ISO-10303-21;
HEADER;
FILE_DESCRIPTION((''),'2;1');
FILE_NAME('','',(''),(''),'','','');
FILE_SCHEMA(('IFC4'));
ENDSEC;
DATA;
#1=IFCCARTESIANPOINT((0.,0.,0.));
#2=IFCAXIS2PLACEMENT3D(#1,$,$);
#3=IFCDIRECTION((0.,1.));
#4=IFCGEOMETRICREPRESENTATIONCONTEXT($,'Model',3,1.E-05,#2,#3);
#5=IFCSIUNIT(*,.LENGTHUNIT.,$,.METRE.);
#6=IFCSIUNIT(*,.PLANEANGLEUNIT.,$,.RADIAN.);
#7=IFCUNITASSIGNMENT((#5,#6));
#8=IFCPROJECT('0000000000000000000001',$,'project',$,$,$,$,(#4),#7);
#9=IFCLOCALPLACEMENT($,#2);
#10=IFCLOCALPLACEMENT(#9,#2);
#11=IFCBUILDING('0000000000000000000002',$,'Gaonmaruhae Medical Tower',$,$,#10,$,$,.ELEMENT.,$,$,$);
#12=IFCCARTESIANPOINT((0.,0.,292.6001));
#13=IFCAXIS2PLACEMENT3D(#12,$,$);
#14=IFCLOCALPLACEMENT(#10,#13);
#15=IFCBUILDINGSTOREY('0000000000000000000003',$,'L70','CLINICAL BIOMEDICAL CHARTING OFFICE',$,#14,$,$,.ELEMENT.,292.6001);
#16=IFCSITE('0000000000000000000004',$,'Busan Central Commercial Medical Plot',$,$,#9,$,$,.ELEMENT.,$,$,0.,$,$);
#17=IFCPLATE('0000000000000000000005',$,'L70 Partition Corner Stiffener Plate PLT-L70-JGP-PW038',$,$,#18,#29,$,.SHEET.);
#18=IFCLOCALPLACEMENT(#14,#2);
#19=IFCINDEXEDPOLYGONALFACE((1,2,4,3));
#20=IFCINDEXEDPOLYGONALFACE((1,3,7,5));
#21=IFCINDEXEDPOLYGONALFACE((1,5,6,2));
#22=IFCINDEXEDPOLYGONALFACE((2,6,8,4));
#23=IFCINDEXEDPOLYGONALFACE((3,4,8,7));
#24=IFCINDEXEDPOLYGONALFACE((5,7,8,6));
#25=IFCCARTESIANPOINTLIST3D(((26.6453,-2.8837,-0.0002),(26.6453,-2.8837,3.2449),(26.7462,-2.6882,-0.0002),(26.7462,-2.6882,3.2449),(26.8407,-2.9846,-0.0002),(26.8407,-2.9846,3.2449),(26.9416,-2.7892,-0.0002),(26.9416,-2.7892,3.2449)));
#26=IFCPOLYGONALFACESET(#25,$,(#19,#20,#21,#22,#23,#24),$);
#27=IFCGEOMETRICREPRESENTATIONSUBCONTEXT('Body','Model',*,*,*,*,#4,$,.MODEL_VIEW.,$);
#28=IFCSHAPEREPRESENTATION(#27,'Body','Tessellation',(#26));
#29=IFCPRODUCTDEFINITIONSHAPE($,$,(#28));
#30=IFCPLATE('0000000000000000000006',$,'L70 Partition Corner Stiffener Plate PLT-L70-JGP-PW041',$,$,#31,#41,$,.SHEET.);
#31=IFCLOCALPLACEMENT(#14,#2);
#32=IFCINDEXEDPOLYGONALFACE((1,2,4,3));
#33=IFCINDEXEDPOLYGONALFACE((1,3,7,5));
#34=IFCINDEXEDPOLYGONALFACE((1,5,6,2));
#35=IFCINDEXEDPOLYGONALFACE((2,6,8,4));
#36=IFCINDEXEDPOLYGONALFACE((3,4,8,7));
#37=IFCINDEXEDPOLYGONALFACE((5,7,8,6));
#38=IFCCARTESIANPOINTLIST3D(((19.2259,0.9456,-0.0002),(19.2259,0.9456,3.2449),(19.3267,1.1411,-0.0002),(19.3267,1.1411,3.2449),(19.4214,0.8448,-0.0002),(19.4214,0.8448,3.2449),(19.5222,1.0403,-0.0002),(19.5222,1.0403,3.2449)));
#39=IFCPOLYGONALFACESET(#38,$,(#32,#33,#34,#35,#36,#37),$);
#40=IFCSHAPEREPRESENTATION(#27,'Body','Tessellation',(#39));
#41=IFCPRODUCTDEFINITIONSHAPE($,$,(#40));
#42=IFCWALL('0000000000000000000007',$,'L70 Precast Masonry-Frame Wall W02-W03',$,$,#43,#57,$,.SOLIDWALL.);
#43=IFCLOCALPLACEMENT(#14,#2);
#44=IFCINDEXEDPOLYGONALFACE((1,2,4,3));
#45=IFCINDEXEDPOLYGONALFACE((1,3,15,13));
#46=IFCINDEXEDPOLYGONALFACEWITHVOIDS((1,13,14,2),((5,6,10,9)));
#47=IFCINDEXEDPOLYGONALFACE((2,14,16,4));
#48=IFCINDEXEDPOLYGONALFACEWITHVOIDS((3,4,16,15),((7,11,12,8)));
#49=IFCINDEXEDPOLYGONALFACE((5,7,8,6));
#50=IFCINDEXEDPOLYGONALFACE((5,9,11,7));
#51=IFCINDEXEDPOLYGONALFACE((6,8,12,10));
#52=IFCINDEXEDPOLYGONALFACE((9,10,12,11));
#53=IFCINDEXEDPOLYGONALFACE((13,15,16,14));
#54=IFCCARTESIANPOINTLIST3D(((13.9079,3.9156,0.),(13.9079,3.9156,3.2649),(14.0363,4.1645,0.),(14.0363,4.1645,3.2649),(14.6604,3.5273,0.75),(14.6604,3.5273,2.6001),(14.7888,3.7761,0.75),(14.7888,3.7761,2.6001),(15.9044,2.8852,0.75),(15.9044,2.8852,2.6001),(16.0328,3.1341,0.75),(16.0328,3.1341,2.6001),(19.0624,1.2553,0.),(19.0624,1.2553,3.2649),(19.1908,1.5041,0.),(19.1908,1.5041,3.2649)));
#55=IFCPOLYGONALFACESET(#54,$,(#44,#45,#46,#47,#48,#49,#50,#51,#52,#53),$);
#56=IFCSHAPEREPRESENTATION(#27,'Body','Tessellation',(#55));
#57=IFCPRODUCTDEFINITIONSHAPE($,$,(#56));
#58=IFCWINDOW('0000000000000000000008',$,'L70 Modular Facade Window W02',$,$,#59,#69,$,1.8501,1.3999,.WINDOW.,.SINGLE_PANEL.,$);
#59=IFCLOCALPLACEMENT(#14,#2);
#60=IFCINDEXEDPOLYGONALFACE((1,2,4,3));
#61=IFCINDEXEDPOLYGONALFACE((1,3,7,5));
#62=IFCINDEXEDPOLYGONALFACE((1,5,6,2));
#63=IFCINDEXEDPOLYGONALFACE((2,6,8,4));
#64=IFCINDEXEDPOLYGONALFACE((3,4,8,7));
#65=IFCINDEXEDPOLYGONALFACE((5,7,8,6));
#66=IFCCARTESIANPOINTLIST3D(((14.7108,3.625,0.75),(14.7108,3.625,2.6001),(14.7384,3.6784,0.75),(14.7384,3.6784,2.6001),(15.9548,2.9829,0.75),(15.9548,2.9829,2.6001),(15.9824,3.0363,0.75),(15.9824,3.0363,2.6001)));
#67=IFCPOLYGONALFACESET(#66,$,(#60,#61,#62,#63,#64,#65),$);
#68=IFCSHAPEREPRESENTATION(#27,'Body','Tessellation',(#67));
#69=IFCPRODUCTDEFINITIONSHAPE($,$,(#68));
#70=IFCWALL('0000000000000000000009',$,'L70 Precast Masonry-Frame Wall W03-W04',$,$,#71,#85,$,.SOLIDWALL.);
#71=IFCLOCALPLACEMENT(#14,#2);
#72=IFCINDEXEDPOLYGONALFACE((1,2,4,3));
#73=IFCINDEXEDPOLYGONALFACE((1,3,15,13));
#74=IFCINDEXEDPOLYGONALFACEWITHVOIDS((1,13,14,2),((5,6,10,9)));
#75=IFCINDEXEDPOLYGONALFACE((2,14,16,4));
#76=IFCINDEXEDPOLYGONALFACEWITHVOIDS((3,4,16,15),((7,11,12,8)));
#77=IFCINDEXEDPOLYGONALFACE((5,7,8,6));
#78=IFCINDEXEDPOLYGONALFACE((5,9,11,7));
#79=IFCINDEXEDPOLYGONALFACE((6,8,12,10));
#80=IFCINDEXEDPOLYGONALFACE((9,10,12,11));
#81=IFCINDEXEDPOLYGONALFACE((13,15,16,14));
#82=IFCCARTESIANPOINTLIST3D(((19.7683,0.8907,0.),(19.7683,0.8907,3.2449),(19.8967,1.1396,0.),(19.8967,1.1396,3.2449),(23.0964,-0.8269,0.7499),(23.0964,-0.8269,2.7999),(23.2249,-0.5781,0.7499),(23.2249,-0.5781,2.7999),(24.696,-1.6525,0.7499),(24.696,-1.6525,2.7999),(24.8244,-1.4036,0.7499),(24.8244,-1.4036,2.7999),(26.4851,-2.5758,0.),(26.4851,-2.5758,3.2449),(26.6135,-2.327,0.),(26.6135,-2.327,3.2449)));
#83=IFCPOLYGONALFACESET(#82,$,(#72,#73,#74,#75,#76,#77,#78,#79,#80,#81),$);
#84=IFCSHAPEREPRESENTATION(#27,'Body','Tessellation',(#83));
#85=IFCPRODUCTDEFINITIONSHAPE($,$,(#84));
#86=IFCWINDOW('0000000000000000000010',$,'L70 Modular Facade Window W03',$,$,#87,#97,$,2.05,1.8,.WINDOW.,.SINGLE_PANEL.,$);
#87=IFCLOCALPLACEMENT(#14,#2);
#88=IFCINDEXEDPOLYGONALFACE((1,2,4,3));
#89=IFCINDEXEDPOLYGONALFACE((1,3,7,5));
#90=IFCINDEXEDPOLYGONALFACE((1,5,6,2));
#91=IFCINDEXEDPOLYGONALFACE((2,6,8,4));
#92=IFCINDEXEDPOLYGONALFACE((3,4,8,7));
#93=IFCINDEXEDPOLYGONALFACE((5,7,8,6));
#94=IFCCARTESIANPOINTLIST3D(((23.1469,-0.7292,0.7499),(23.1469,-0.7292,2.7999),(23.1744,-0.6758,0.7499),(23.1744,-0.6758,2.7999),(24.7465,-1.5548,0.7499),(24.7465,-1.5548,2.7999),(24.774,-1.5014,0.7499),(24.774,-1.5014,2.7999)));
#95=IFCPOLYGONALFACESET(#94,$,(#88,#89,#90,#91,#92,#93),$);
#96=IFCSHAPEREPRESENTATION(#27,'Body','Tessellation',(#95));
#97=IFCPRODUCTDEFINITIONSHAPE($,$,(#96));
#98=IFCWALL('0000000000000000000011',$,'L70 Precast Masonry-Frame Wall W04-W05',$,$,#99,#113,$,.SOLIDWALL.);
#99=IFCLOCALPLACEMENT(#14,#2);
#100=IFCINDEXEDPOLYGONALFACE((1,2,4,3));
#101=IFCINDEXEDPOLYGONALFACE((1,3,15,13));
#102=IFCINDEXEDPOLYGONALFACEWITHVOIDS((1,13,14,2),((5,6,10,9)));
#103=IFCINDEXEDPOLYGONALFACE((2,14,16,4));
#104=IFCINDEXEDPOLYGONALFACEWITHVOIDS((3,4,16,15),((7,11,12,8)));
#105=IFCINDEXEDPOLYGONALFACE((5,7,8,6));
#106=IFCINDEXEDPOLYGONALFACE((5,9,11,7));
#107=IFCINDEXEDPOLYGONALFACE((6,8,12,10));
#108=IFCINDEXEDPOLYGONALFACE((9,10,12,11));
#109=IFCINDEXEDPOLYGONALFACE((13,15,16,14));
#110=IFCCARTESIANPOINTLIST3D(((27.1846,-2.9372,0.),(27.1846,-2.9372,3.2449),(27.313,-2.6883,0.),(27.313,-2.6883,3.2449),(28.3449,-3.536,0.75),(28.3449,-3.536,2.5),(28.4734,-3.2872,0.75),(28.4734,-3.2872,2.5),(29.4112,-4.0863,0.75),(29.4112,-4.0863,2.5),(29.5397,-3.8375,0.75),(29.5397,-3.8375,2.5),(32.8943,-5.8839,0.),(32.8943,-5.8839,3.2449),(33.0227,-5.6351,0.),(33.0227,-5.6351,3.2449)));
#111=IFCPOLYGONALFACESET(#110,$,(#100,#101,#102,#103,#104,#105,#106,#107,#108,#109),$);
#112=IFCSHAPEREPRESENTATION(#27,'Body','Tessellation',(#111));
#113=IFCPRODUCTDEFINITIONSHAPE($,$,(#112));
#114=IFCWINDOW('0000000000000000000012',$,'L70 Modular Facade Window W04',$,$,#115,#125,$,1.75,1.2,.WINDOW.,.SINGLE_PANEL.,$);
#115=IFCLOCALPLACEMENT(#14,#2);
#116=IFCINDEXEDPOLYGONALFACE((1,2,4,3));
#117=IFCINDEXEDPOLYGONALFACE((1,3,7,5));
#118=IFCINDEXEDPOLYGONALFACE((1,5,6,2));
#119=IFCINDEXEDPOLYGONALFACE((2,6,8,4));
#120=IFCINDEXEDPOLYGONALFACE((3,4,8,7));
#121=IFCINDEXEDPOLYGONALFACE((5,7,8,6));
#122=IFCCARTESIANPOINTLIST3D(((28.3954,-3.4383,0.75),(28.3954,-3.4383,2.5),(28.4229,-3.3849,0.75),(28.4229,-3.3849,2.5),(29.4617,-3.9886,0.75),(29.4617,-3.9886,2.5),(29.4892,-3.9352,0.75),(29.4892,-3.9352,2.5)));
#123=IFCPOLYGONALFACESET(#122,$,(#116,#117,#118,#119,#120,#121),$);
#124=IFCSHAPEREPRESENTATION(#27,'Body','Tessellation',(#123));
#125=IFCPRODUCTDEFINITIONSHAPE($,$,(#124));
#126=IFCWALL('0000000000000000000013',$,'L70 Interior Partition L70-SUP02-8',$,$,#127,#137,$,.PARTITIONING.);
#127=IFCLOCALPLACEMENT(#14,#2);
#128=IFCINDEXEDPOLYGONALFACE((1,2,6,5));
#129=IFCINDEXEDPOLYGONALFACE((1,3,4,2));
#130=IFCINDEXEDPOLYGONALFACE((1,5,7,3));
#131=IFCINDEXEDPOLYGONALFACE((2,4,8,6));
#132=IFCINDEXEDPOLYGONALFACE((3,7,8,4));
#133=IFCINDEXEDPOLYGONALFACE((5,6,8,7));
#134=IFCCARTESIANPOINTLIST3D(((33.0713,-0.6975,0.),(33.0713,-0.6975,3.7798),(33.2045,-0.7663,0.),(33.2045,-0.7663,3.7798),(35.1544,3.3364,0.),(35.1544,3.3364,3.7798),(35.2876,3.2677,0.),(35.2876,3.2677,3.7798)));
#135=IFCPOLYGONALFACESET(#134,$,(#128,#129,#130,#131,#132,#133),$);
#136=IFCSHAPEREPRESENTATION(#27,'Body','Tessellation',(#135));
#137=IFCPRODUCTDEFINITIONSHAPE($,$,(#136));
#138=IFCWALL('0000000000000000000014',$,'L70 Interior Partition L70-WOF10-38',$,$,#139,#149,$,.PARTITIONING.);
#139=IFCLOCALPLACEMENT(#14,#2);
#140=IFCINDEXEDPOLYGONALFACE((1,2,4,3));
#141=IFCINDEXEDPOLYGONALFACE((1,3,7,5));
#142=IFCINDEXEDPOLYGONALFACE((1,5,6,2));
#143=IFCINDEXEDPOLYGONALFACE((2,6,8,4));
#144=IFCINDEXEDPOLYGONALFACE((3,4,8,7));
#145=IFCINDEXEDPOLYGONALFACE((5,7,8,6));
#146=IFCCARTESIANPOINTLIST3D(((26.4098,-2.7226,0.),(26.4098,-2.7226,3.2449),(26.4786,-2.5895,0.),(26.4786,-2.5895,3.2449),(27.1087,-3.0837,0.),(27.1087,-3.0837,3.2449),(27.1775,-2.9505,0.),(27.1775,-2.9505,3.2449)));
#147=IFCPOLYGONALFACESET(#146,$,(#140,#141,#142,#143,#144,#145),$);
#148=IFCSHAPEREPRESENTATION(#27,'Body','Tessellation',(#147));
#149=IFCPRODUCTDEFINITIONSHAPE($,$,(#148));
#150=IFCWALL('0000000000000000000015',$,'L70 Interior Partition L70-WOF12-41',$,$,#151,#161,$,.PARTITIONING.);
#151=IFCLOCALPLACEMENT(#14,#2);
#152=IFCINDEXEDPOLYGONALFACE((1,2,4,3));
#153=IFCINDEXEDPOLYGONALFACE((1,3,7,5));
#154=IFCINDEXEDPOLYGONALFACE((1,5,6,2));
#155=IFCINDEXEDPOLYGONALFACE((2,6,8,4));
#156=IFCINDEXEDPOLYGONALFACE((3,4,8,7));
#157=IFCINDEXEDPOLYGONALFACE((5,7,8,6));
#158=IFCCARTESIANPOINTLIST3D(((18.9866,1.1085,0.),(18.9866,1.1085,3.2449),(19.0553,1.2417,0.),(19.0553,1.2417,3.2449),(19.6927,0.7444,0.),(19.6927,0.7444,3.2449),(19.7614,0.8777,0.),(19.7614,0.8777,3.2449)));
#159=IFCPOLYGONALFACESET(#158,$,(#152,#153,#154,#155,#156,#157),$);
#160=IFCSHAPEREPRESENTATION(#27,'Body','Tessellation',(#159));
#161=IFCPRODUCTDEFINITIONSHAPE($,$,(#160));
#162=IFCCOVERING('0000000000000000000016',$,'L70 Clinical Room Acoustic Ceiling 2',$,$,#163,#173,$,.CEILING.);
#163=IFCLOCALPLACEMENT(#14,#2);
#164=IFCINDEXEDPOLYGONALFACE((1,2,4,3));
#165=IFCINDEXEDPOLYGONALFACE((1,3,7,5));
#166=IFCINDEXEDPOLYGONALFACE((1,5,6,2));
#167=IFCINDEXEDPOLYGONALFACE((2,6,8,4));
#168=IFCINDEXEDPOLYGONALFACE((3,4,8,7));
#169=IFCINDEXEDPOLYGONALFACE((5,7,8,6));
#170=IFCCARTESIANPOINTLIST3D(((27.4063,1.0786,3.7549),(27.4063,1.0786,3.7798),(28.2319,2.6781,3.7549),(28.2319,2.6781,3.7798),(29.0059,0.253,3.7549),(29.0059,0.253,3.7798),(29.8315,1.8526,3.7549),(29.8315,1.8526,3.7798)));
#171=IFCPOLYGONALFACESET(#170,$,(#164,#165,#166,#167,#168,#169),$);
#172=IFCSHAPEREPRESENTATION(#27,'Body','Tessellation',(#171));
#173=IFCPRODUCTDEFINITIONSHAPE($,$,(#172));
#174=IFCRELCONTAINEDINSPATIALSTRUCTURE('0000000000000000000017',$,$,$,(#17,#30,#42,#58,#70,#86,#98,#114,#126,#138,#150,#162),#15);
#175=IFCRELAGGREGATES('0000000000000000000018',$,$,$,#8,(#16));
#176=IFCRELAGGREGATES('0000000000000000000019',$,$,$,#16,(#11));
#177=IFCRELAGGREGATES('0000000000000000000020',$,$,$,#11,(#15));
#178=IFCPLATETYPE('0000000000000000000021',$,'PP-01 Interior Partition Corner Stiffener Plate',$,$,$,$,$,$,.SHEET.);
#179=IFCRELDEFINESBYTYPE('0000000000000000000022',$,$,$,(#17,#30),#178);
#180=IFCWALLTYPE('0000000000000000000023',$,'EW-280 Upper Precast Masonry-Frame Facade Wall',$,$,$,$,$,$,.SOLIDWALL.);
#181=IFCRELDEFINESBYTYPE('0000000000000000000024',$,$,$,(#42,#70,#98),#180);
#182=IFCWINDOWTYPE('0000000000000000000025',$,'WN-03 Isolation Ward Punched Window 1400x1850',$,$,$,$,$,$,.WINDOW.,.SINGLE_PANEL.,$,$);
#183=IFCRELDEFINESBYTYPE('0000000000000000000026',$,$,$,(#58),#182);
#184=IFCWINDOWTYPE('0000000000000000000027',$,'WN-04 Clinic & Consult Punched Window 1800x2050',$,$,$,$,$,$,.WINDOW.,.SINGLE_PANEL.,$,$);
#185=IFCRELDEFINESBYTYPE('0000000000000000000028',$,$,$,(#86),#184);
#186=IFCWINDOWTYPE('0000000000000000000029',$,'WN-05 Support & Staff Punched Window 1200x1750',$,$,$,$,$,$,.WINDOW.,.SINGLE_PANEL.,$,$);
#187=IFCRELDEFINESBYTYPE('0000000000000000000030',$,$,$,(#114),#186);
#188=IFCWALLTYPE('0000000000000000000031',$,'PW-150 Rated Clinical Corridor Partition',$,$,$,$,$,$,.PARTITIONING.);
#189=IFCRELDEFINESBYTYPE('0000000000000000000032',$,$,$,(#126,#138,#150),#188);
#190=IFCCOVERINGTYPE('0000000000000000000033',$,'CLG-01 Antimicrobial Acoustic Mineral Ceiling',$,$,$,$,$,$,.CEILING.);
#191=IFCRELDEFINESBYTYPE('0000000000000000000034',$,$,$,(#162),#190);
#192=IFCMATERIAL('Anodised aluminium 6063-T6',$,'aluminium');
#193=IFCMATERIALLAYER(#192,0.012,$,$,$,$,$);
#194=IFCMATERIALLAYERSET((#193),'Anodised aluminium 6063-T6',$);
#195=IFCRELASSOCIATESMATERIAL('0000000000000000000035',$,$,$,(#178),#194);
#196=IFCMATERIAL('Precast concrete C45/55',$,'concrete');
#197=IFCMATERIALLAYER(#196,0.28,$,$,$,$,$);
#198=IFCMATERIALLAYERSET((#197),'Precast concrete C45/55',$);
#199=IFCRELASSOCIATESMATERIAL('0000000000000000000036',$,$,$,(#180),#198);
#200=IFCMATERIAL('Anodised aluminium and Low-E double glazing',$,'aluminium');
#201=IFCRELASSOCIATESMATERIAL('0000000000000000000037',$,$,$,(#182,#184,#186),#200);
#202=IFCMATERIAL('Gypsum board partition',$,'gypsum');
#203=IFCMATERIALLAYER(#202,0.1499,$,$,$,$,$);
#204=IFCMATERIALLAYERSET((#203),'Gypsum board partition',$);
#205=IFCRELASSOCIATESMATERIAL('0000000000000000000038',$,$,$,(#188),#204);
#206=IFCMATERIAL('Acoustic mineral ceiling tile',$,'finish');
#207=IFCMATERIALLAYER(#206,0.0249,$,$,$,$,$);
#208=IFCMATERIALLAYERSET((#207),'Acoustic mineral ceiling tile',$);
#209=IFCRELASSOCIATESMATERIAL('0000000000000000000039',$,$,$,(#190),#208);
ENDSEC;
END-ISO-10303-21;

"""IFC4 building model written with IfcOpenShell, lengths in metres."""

from ifc_helpers import new_model, si_unit, direction, frame, frame_2d, origin, origin_2d, place, context, subcontext, project, spatial, rectangle, extrude, material, layer, layer_set, type_object, element, fill, save


model = new_model("IFC4")

# Units and contexts
model_context = context("Model", 3, precision=1e-05, world=origin(), true_north=direction((0.0, 1.0)))
body_context = subcontext(model_context, "Body", "Model", "MODEL_VIEW")
ifc_project = project(units=[si_unit("LENGTHUNIT", "METRE"), si_unit("PLANEANGLEUNIT", "RADIAN")], contexts=[model_context])

# Site, building, storey
site_placement = place(None, origin())
site = spatial("IfcSite", under=ifc_project, at=site_placement, Name="Busan Central Commercial Medical Plot", CompositionType="ELEMENT", RefElevation=0.0)
building_placement = place(site_placement, origin())
building = spatial("IfcBuilding", under=site, at=building_placement, Name="Gaonmaruhae Medical Tower", CompositionType="ELEMENT")
storey_placement = place(building_placement, frame((0.0, 0.0, 292.6001)))
storey = spatial("IfcBuildingStorey", under=building, at=storey_placement, Name="L70", Description="CLINICAL BIOMEDICAL CHARTING OFFICE", CompositionType="ELEMENT", Elevation=292.6001)

# Plates
ifc_material_1 = material(Name="Anodised aluminium 6063-T6", Category="aluminium")
ifc_layer_1 = layer(ifc_material_1, 0.012)
ifc_layer_set_1 = layer_set([ifc_layer_1], Name="Anodised aluminium 6063-T6")
plate_type = type_object("IfcPlateType", Name="PP-01 Interior Partition Corner Stiffener Plate", PredefinedType="SHEET", material=ifc_layer_set_1)
for number, where, z_axis, x_axis, name in (
    (1, (26.7935, -2.8364, -0.0002), (0.0, 0.0, 1.0), (-0.888505, 0.458867, 0.0), "L70 Partition Corner Stiffener Plate PLT-L70-JGP-PW038"),
    (2, (19.374, 0.9929, -0.0002), (0.0, 0.0, 1.0), (-0.888817, 0.458262, 0.0), "L70 Partition Corner Stiffener Plate PLT-L70-JGP-PW041"),
):
    element("IfcPlate", number, at=place(storey_placement, frame(where, z_axis=z_axis, x_axis=x_axis)), inside=storey, type_object=plate_type, Name=name, PredefinedType="SHEET", context=body_context, shape_type="SweptSolid", body=[
        extrude(rectangle(XDim=0.22, YDim=0.22, at=origin_2d()), origin(), (0.0, 0.0, 1.0), 3.2451),
    ])

# Walls, openings, windows
ifc_material_2 = material(Name="Precast concrete C45/55", Category="concrete")
ifc_layer_2 = layer(ifc_material_2, 0.28)
ifc_layer_set_2 = layer_set([ifc_layer_2], Name="Precast concrete C45/55")
wall_type_1 = type_object("IfcWallType", Name="EW-280 Upper Precast Masonry-Frame Facade Wall", PredefinedType="SOLIDWALL", material=ifc_layer_set_2)
wall_1_placement = place(storey_placement, frame((19.1267, 1.3796, 0.0), z_axis=(0.0, 0.0, 1.0), x_axis=(-0.888621, 0.458642, 0.0)))
wall_1 = element("IfcWall", 3, at=wall_1_placement, inside=storey, type_object=wall_type_1, Name="L70 Precast Masonry-Frame Wall W02-W03", PredefinedType="SOLIDWALL", context=body_context, shape_type="SweptSolid", body=[
    extrude(rectangle(XDim=5.8005, YDim=0.28, at=frame_2d((2.9004, 0.0))), origin(), (0.0, 0.0, 1.0), 3.2649),
])
opening_1_placement = place(wall_1_placement, frame((3.554, 0.0, 0.75)))
opening_1 = element("IfcOpeningElement", 4, at=opening_1_placement, cuts=wall_1, PredefinedType="OPENING", context=body_context, shape_type="SweptSolid", body=[
    extrude(rectangle(XDim=1.3999, YDim=1.8501, at=frame_2d((0.7, 0.925))), frame((0.0, 0.1499, 0.0), z_axis=(0.0, -1.0, 0.0), x_axis=(1.0, 0.0, 0.0)), (0.0, 0.0, 1.0), 0.3),
])
ifc_material_3 = material(Name="Anodised aluminium and Low-E double glazing", Category="aluminium")
window_type_1 = type_object("IfcWindowType", Name="WN-03 Isolation Ward Punched Window 1400x1850", PartitioningType="SINGLE_PANEL", PredefinedType="WINDOW", material=ifc_material_3)
window_1_placement = place(opening_1_placement, origin())
window_1 = element("IfcWindow", 5, at=window_1_placement, inside=storey, type_object=window_type_1, Name="L70 Modular Facade Window W02", OverallHeight=1.8501, OverallWidth=1.3999, PartitioningType="SINGLE_PANEL", PredefinedType="WINDOW", context=body_context, shape_type="SweptSolid", body=[
    extrude(rectangle(XDim=1.3999, YDim=1.8501, at=frame_2d((0.7, 0.925))), frame((0.0, 0.03, 0.0), z_axis=(0.0, -1.0, 0.0), x_axis=(1.0, 0.0, 0.0)), (0.0, 0.0, 1.0), 0.0601),
])
fill(opening_1, window_1)
wall_2_placement = place(storey_placement, frame((26.5493, -2.4514, 0.0), z_axis=(0.0, 0.0, 1.0), x_axis=(-0.88863, 0.458624, 0.0)))
wall_2 = element("IfcWall", 6, at=wall_2_placement, inside=storey, type_object=wall_type_1, Name="L70 Precast Masonry-Frame Wall W03-W04", PredefinedType="SOLIDWALL", context=body_context, shape_type="SweptSolid", body=[
    extrude(rectangle(XDim=7.5586, YDim=0.28, at=frame_2d((3.7793, 0.0))), origin(), (0.0, 0.0, 1.0), 3.2449),
])
opening_2_placement = place(wall_2_placement, frame((2.0134, 0.0, 0.75)))
opening_2 = element("IfcOpeningElement", 7, at=opening_2_placement, cuts=wall_2, PredefinedType="OPENING", context=body_context, shape_type="SweptSolid", body=[
    extrude(rectangle(XDim=1.8, YDim=2.05, at=frame_2d((0.8999, 1.0249))), frame((0.0, 0.1499, 0.0), z_axis=(0.0, -1.0, 0.0), x_axis=(1.0, 0.0, 0.0)), (0.0, 0.0, 1.0), 0.3),
])
window_type_2 = type_object("IfcWindowType", Name="WN-04 Clinic & Consult Punched Window 1800x2050", PartitioningType="SINGLE_PANEL", PredefinedType="WINDOW", material=ifc_material_3)
window_2_placement = place(opening_2_placement, origin())
window_2 = element("IfcWindow", 8, at=window_2_placement, inside=storey, type_object=window_type_2, Name="L70 Modular Facade Window W03", OverallHeight=2.05, OverallWidth=1.8, PartitioningType="SINGLE_PANEL", PredefinedType="WINDOW", context=body_context, shape_type="SweptSolid", body=[
    extrude(rectangle(XDim=1.8, YDim=2.05, at=frame_2d((0.8999, 1.0249))), frame((0.0, 0.03, 0.0), z_axis=(0.0, -1.0, 0.0), x_axis=(1.0, 0.0, 0.0)), (0.0, 0.0, 1.0), 0.0601),
])
fill(opening_2, window_2)
wall_3_placement = place(storey_placement, frame((32.9585, -5.7595, 0.0), z_axis=(0.0, 0.0, 1.0), x_axis=(-0.888632, 0.458622, 0.0)))
wall_3 = element("IfcWall", 9, at=wall_3_placement, inside=storey, type_object=wall_type_1, Name="L70 Precast Masonry-Frame Wall W04-W05", PredefinedType="SOLIDWALL", context=body_context, shape_type="SweptSolid", body=[
    extrude(rectangle(XDim=6.4253, YDim=0.28, at=frame_2d((3.2126, 0.0))), origin(), (0.0, 0.0, 1.0), 3.2449),
])
opening_3_placement = place(wall_3_placement, frame((3.9194, 0.0, 0.75)))
opening_3 = element("IfcOpeningElement", 10, at=opening_3_placement, cuts=wall_3, PredefinedType="OPENING", context=body_context, shape_type="SweptSolid", body=[
    extrude(rectangle(XDim=1.2, YDim=1.75, at=frame_2d((0.6001, 0.875))), frame((0.0, 0.1499, 0.0), z_axis=(0.0, -1.0, 0.0), x_axis=(1.0, 0.0, 0.0)), (0.0, 0.0, 1.0), 0.3),
])
window_type_3 = type_object("IfcWindowType", Name="WN-05 Support & Staff Punched Window 1200x1750", PartitioningType="SINGLE_PANEL", PredefinedType="WINDOW", material=ifc_material_3)
window_3_placement = place(opening_3_placement, origin())
window_3 = element("IfcWindow", 11, at=window_3_placement, inside=storey, type_object=window_type_3, Name="L70 Modular Facade Window W04", OverallHeight=1.75, OverallWidth=1.2, PartitioningType="SINGLE_PANEL", PredefinedType="WINDOW", context=body_context, shape_type="SweptSolid", body=[
    extrude(rectangle(XDim=1.2, YDim=1.75, at=frame_2d((0.6001, 0.875))), frame((0.0, 0.03, 0.0), z_axis=(0.0, -1.0, 0.0), x_axis=(1.0, 0.0, 0.0)), (0.0, 0.0, 1.0), 0.0601),
])
fill(opening_3, window_3)

# Walls
ifc_material_4 = material(Name="Gypsum board partition", Category="gypsum")
ifc_layer_3 = layer(ifc_material_4, 0.1499)
ifc_layer_set_3 = layer_set([ifc_layer_3], Name="Gypsum board partition")
wall_type_2 = type_object("IfcWallType", Name="PW-150 Rated Clinical Corridor Partition", PredefinedType="PARTITIONING", material=ifc_layer_set_3)
wall_4_placement = place(storey_placement, frame((33.1379, -0.7319, 0.0), z_axis=(0.0, 0.0, 1.0), x_axis=(0.458813, 0.888533, 0.0)))
element("IfcWall", 12, at=wall_4_placement, inside=storey, type_object=wall_type_2, Name="L70 Interior Partition L70-SUP02-8", PredefinedType="PARTITIONING", context=body_context, shape_type="SweptSolid", body=[
    extrude(rectangle(XDim=4.54, YDim=0.1499, at=frame_2d((2.27, 0.0))), origin(), (0.0, 0.0, 1.0), 3.7798),
])
wall_5_placement = place(storey_placement, frame((27.1431, -3.0171, 0.0), z_axis=(0.0, 0.0, 1.0), x_axis=(-0.888453, 0.458967, 0.0)))
element("IfcWall", 13, at=wall_5_placement, inside=storey, type_object=wall_type_2, Name="L70 Interior Partition L70-WOF10-38", PredefinedType="PARTITIONING", context=body_context, shape_type="SweptSolid", body=[
    extrude(rectangle(XDim=0.7866, YDim=0.1499, at=frame_2d((0.3933, 0.0))), origin(), (0.0, 0.0, 1.0), 3.2449),
])
wall_6_placement = place(storey_placement, frame((19.7271, 0.811, 0.0), z_axis=(0.0, 0.0, 1.0), x_axis=(-0.888827, 0.458244, 0.0)))
element("IfcWall", 14, at=wall_6_placement, inside=storey, type_object=wall_type_2, Name="L70 Interior Partition L70-WOF12-41", PredefinedType="PARTITIONING", context=body_context, shape_type="SweptSolid", body=[
    extrude(rectangle(XDim=0.7944, YDim=0.1499, at=frame_2d((0.3972, 0.0))), origin(), (0.0, 0.0, 1.0), 3.2449),
])

# Covering
ifc_material_5 = material(Name="Acoustic mineral ceiling tile", Category="finish")
ifc_layer_4 = layer(ifc_material_5, 0.0249)
ifc_layer_set_4 = layer_set([ifc_layer_4], Name="Acoustic mineral ceiling tile")
covering_type = type_object("IfcCoveringType", Name="CLG-01 Antimicrobial Acoustic Mineral Ceiling", PredefinedType="CEILING", material=ifc_layer_set_4)
covering_placement = place(storey_placement, frame((28.6189, 1.4656, 3.7549), z_axis=(0.0, 0.0, 1.0), x_axis=(0.45865, 0.888617, 0.0)))
element("IfcCovering", 15, at=covering_placement, inside=storey, type_object=covering_type, Name="L70 Clinical Room Acoustic Ceiling 2", PredefinedType="CEILING", context=body_context, shape_type="SweptSolid", body=[
    extrude(rectangle(XDim=1.8, YDim=1.8, at=origin_2d()), origin(), (0.0, 0.0, 1.0), 0.0249),
])

save(model, "model.ifc")
